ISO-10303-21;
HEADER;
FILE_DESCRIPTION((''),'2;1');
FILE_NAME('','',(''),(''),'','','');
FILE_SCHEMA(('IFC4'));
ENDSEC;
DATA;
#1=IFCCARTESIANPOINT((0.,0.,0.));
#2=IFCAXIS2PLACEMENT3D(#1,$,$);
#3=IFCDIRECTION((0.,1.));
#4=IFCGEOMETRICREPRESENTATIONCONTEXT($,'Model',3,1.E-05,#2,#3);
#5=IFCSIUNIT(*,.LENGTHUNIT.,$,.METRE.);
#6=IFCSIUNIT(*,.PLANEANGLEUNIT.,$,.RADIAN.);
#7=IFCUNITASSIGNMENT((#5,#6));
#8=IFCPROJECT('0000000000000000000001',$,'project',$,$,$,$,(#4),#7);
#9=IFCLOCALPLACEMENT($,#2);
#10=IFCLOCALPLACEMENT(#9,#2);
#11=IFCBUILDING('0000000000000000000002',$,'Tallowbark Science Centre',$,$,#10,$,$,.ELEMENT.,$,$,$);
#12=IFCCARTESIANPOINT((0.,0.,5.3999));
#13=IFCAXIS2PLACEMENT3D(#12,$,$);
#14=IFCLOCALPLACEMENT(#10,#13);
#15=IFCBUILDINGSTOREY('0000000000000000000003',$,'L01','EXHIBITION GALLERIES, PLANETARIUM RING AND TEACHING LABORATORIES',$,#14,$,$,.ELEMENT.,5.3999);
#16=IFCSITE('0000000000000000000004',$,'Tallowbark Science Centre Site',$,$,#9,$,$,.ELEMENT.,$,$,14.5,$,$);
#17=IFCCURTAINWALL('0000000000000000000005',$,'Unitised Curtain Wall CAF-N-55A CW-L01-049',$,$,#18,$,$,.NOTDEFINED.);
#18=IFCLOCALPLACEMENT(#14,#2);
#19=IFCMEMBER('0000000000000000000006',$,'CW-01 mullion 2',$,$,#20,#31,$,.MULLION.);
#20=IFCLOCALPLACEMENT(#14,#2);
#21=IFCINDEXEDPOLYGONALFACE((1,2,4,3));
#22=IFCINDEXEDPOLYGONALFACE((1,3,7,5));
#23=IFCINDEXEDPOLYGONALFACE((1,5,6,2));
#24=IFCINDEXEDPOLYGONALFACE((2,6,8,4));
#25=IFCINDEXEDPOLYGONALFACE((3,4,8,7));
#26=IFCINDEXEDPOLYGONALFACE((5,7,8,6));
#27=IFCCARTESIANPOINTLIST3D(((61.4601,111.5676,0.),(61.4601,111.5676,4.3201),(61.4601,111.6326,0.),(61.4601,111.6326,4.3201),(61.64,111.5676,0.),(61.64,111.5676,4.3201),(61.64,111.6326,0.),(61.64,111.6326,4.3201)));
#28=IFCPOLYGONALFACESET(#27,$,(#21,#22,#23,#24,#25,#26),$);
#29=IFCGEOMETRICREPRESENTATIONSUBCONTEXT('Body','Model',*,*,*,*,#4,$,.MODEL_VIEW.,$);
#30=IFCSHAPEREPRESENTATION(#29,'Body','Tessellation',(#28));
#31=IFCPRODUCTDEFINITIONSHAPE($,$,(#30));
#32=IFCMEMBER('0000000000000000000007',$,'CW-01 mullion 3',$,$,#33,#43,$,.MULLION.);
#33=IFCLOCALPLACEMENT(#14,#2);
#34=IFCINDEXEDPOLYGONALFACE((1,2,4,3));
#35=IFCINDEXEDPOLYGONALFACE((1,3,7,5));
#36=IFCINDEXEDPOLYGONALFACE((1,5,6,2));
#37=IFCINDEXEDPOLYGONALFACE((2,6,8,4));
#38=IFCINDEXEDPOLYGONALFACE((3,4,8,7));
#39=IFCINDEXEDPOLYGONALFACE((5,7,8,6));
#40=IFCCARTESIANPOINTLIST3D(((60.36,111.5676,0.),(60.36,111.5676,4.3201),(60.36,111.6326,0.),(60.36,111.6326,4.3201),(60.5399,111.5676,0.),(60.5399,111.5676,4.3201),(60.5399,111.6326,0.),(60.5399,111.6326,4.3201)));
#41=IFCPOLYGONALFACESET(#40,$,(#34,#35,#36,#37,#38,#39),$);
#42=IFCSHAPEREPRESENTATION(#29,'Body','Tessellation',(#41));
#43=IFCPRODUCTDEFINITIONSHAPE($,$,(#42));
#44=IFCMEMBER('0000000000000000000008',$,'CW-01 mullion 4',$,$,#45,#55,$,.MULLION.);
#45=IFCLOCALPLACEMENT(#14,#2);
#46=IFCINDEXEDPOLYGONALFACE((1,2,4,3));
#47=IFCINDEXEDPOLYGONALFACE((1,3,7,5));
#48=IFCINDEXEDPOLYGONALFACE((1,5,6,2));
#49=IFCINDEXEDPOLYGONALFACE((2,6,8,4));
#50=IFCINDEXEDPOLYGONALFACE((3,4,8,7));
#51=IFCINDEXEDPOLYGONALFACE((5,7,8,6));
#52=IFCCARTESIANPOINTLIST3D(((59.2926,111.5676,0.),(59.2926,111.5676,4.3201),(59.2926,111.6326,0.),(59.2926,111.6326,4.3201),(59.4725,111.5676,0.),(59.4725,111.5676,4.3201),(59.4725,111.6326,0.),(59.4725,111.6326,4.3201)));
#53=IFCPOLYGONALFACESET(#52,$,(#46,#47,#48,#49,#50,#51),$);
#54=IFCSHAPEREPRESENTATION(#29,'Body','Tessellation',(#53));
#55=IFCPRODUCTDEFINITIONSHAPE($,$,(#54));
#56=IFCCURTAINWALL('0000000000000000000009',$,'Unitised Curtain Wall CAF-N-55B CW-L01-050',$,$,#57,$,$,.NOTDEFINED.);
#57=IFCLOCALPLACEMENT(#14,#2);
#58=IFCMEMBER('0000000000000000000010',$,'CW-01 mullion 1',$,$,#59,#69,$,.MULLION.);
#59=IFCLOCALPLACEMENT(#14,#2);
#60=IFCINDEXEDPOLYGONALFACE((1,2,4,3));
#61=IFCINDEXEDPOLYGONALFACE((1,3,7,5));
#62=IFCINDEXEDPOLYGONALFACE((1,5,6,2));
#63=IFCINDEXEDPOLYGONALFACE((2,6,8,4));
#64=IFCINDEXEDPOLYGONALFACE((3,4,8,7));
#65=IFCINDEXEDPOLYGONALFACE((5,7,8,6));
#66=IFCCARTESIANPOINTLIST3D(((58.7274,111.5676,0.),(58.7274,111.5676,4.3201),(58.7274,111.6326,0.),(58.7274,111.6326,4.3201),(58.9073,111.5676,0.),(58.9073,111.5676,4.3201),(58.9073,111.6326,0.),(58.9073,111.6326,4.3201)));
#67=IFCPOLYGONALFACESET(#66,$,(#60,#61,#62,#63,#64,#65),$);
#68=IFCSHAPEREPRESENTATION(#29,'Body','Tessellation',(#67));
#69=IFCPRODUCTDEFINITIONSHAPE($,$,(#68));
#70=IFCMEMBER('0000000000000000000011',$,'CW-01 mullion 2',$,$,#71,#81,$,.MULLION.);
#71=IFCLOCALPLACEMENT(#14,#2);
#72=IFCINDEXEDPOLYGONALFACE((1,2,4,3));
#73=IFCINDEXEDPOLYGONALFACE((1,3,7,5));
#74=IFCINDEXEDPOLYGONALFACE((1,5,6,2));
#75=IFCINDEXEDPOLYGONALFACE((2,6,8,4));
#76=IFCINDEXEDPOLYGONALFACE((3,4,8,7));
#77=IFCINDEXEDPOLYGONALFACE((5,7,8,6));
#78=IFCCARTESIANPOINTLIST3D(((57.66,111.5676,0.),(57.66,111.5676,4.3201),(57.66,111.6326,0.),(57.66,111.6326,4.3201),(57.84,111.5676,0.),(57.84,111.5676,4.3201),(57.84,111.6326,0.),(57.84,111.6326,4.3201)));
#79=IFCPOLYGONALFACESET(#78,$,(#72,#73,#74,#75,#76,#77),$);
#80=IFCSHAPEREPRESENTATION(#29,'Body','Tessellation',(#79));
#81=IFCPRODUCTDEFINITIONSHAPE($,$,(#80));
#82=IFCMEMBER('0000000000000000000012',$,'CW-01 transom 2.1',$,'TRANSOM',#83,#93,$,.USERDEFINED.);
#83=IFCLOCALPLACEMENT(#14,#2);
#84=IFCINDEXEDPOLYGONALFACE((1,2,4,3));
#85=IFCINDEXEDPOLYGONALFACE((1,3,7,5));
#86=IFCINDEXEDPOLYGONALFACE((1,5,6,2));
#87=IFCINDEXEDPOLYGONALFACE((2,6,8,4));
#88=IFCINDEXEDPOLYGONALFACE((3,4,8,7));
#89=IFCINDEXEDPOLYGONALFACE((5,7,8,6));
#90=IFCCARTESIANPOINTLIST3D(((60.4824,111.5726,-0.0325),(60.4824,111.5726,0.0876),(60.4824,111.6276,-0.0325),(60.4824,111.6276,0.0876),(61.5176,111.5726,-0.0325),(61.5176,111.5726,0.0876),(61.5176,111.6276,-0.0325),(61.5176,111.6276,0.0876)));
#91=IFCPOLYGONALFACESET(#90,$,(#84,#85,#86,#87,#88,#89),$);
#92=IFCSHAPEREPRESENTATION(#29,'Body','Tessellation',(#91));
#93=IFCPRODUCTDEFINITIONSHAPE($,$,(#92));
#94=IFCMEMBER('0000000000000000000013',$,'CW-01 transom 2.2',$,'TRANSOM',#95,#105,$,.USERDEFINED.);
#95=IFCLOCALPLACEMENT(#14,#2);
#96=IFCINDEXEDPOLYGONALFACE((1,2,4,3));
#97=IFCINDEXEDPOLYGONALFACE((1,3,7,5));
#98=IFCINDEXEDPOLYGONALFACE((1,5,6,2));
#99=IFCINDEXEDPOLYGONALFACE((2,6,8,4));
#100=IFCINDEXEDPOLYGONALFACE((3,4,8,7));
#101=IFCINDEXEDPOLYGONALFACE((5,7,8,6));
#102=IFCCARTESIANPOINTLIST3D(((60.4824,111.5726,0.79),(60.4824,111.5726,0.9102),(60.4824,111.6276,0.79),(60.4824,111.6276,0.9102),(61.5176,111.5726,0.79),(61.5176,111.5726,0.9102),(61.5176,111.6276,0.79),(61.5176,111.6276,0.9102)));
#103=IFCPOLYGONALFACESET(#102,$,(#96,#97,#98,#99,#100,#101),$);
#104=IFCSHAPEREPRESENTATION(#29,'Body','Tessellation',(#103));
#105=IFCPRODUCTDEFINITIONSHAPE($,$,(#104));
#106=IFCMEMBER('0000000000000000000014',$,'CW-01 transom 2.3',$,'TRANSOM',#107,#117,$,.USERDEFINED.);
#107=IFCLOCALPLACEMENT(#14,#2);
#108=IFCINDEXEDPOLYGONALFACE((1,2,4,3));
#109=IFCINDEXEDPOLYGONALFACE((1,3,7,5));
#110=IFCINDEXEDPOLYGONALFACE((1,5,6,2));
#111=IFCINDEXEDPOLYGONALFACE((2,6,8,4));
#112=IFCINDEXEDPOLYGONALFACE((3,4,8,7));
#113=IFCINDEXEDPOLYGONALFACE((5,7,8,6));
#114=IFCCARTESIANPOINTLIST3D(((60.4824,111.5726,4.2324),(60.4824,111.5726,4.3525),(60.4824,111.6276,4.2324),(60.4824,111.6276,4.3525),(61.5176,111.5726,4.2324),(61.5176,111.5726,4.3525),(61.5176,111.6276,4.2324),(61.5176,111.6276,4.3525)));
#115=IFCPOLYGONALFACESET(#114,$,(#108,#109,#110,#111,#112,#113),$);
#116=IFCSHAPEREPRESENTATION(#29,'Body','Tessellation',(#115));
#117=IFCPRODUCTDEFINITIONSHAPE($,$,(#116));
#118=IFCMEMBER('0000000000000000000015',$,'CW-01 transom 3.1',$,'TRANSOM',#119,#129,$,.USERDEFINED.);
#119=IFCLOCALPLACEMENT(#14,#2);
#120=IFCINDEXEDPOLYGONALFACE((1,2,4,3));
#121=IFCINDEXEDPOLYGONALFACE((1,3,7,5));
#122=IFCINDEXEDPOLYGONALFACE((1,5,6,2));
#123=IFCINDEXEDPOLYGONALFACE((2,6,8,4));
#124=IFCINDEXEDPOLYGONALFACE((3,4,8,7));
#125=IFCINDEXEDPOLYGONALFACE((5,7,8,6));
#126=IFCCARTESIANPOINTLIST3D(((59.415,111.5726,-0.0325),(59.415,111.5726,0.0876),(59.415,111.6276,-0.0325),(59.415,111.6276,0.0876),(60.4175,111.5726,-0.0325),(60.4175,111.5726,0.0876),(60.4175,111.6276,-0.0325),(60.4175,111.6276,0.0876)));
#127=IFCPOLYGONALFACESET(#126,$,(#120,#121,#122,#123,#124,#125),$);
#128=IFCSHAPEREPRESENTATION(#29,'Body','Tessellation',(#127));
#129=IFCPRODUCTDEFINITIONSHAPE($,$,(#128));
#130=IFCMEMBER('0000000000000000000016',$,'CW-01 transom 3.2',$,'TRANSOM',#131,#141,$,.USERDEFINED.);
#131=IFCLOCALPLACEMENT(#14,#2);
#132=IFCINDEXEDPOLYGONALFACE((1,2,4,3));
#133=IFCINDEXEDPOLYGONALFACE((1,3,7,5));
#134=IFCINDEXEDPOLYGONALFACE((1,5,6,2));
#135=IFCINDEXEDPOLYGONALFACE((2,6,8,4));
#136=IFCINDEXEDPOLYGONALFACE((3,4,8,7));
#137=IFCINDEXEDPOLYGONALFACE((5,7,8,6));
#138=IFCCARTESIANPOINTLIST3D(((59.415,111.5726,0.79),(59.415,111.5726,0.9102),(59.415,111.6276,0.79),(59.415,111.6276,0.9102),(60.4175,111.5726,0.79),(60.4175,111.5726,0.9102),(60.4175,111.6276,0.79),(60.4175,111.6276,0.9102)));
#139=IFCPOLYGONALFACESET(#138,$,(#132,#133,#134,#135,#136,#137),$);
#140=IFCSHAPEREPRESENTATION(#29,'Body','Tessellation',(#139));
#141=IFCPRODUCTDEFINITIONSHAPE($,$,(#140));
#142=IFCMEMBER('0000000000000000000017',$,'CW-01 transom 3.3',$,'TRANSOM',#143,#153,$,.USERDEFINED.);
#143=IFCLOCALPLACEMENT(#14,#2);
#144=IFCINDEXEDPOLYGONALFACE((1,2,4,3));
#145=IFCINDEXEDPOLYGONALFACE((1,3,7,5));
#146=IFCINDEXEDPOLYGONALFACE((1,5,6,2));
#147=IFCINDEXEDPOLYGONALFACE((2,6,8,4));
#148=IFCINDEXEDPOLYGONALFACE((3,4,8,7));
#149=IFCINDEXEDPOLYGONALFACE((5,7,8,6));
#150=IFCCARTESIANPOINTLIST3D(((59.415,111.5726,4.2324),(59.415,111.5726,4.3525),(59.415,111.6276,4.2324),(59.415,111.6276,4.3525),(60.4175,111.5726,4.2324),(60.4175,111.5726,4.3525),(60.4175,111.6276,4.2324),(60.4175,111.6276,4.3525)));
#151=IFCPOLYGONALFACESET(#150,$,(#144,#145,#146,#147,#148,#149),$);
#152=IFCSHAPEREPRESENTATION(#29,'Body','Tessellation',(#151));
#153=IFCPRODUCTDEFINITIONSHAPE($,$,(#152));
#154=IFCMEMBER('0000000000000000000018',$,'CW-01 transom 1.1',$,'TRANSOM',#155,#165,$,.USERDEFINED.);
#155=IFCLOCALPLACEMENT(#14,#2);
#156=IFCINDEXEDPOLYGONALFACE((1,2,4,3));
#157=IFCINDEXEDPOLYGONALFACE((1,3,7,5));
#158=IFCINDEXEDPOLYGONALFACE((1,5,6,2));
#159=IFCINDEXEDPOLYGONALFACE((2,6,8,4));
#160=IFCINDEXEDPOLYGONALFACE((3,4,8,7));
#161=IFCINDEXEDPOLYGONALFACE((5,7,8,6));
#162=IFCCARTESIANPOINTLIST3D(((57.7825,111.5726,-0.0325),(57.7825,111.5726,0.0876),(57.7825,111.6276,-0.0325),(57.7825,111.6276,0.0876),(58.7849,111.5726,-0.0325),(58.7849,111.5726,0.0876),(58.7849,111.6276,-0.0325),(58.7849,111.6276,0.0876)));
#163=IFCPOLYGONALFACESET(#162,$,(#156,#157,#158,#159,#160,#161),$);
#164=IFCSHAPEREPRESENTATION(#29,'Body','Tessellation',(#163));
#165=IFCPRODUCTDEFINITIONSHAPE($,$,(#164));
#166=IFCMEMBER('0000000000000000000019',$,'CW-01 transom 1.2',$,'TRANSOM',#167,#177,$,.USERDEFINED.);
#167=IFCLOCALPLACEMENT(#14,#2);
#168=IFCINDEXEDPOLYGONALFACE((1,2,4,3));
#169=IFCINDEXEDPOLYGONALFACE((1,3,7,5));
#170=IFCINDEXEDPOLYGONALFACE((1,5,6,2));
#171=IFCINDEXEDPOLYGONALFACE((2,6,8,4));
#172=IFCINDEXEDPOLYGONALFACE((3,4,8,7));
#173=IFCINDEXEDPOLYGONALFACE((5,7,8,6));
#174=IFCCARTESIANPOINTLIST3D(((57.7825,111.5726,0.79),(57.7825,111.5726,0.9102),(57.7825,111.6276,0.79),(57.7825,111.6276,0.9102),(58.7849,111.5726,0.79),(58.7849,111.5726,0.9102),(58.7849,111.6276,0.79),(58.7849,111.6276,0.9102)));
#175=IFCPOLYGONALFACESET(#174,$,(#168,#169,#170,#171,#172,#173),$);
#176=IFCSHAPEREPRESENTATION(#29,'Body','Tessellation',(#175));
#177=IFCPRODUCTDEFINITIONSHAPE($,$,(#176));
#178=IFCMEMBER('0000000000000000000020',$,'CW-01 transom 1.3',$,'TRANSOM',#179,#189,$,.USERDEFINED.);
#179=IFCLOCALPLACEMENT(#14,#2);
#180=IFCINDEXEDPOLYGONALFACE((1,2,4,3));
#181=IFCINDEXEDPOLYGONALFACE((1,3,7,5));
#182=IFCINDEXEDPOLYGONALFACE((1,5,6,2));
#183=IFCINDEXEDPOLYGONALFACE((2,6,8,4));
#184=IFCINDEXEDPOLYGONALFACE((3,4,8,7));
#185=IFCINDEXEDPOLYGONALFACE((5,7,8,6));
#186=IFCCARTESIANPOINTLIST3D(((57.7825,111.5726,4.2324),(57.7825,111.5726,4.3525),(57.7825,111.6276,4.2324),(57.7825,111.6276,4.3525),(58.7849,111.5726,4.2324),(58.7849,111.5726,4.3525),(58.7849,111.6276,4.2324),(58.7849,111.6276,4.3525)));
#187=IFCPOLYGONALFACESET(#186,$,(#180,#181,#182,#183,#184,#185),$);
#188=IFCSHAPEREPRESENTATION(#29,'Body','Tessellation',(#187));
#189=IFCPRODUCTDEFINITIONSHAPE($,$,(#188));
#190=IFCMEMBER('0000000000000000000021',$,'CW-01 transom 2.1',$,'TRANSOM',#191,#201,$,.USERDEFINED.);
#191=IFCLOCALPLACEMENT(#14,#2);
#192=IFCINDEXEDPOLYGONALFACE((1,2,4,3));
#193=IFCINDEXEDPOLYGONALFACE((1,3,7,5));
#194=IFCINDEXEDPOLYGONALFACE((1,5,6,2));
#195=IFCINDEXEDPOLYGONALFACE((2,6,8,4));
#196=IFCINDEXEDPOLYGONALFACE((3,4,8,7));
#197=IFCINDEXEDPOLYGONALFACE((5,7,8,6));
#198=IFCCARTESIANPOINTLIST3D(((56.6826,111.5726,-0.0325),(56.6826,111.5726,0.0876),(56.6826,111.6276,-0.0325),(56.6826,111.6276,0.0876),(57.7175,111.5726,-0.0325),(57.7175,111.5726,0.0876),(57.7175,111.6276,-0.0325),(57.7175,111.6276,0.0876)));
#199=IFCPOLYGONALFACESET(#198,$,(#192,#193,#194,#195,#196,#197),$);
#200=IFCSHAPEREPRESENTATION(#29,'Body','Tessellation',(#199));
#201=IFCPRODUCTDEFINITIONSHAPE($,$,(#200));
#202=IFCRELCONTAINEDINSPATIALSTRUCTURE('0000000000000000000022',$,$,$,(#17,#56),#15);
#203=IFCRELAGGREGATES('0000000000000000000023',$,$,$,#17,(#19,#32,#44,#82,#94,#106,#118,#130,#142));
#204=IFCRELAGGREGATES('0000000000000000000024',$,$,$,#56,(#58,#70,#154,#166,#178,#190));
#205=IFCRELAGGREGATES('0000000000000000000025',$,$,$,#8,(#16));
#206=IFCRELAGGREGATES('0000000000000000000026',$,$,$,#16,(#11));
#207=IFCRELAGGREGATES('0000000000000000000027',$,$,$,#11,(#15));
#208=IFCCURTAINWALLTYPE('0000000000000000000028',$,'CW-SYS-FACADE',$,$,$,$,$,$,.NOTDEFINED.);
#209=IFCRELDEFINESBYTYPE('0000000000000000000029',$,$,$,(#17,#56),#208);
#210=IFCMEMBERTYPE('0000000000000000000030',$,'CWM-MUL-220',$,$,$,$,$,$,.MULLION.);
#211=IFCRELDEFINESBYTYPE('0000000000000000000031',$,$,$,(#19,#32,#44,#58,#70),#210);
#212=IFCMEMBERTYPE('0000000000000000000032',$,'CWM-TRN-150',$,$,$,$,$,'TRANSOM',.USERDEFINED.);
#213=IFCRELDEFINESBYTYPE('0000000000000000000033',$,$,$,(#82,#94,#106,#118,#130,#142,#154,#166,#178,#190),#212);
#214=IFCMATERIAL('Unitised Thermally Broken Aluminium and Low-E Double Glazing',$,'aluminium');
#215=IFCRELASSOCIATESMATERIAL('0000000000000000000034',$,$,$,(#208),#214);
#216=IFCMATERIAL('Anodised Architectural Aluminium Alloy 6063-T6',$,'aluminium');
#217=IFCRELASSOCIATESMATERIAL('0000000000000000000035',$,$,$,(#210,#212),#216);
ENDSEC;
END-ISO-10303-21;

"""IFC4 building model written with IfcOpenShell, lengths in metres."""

from ifc_helpers import new_model, si_unit, direction, frame, origin, origin_2d, place, context, subcontext, project, spatial, rectangle, extrude, material, material_profile, profile_set, type_object, element, aggregate, save


model = new_model("IFC4")

# Units and contexts
model_context = context("Model", 3, precision=1e-05, world=origin(), true_north=direction((0.0, 1.0)))
body_context = subcontext(model_context, "Body", "Model", "MODEL_VIEW")
ifc_project = project(units=[si_unit("LENGTHUNIT", "METRE"), si_unit("PLANEANGLEUNIT", "RADIAN")], contexts=[model_context])

# Site, building, storey
site_placement = place(None, origin())
site = spatial("IfcSite", under=ifc_project, at=site_placement, Name="Tallowbark Science Centre Site", CompositionType="ELEMENT", RefElevation=14.5)
building_placement = place(site_placement, origin())
building = spatial("IfcBuilding", under=site, at=building_placement, Name="Tallowbark Science Centre", CompositionType="ELEMENT")
storey_placement = place(building_placement, frame((0.0, 0.0, 5.3999)))
storey = spatial("IfcBuildingStorey", under=building, at=storey_placement, Name="L01", Description="EXHIBITION GALLERIES, PLANETARIUM RING AND TEACHING LABORATORIES", CompositionType="ELEMENT", Elevation=5.3999)

# Curtain walls, members
ifc_material_1 = material(Name="Unitised Thermally Broken Aluminium and Low-E Double Glazing", Category="aluminium")
curtain_wall_type = type_object("IfcCurtainWallType", Name="CW-SYS-FACADE", PredefinedType="NOTDEFINED", material=ifc_material_1)
curtain_wall_1_placement = place(storey_placement, origin())
curtain_wall_1 = element("IfcCurtainWall", 1, at=curtain_wall_1_placement, inside=storey, type_object=curtain_wall_type, Name="Unitised Curtain Wall CAF-N-55A CW-L01-049", PredefinedType="NOTDEFINED")
ifc_material_2 = material(Name="Anodised Architectural Aluminium Alloy 6063-T6", Category="aluminium")
ifc_material_profile_1 = material_profile(ifc_material_2, rectangle(XDim=0.0649, YDim=0.1799, at=origin_2d()), Name="ALU65x180")
ifc_profile_set_1 = profile_set([ifc_material_profile_1], Name="Anodised Architectural Aluminium Alloy 6063-T6")
member_type_1 = type_object("IfcMemberType", Name="CWM-MUL-220", PredefinedType="MULLION", material=ifc_profile_set_1)
member_1_placement = place(storey_placement, frame((61.55, 111.6001, 0.0), z_axis=(0.0, 0.0, 1.0), x_axis=(0.0, -1.0, 0.0)))
member_1 = element("IfcMember", 2, at=member_1_placement, type_object=member_type_1, Name="CW-01 mullion 2", PredefinedType="MULLION", context=body_context, shape_type="SweptSolid", body=[
    extrude(rectangle(XDim=0.0649, YDim=0.1799, at=origin_2d()), origin(), (0.0, 0.0, 1.0), 4.3201),
])
member_2_placement = place(storey_placement, frame((60.45, 111.6001, 0.0), z_axis=(0.0, 0.0, 1.0), x_axis=(0.0, -1.0, 0.0)))
member_2 = element("IfcMember", 3, at=member_2_placement, type_object=member_type_1, Name="CW-01 mullion 3", PredefinedType="MULLION", context=body_context, shape_type="SweptSolid", body=[
    extrude(rectangle(XDim=0.0649, YDim=0.1799, at=origin_2d()), origin(), (0.0, 0.0, 1.0), 4.3201),
])
member_3_placement = place(storey_placement, frame((59.3826, 111.6001, 0.0), z_axis=(0.0, 0.0, 1.0), x_axis=(0.0, -1.0, 0.0)))
member_3 = element("IfcMember", 4, at=member_3_placement, type_object=member_type_1, Name="CW-01 mullion 4", PredefinedType="MULLION", context=body_context, shape_type="SweptSolid", body=[
    extrude(rectangle(XDim=0.0649, YDim=0.1799, at=origin_2d()), origin(), (0.0, 0.0, 1.0), 4.3201),
])
curtain_wall_2_placement = place(storey_placement, origin())
curtain_wall_2 = element("IfcCurtainWall", 5, at=curtain_wall_2_placement, inside=storey, type_object=curtain_wall_type, Name="Unitised Curtain Wall CAF-N-55B CW-L01-050", PredefinedType="NOTDEFINED")
member_4_placement = place(storey_placement, frame((58.8174, 111.6001, 0.0), z_axis=(0.0, 0.0, 1.0), x_axis=(0.0, -1.0, 0.0)))
member_4 = element("IfcMember", 6, at=member_4_placement, type_object=member_type_1, Name="CW-01 mullion 1", PredefinedType="MULLION", context=body_context, shape_type="SweptSolid", body=[
    extrude(rectangle(XDim=0.0649, YDim=0.1799, at=origin_2d()), origin(), (0.0, 0.0, 1.0), 4.3201),
])
member_5_placement = place(storey_placement, frame((57.75, 111.6001, 0.0), z_axis=(0.0, 0.0, 1.0), x_axis=(0.0, -1.0, 0.0)))
member_5 = element("IfcMember", 7, at=member_5_placement, type_object=member_type_1, Name="CW-01 mullion 2", PredefinedType="MULLION", context=body_context, shape_type="SweptSolid", body=[
    extrude(rectangle(XDim=0.0649, YDim=0.1799, at=origin_2d()), origin(), (0.0, 0.0, 1.0), 4.3201),
])

# Members
ifc_material_profile_2 = material_profile(ifc_material_2, rectangle(XDim=0.0549, YDim=0.1201, at=origin_2d()), Name="ALU55x120")
ifc_profile_set_2 = profile_set([ifc_material_profile_2], Name="Anodised Architectural Aluminium Alloy 6063-T6")
member_type_2 = type_object("IfcMemberType", Name="CWM-TRN-150", ElementType="TRANSOM", PredefinedType="USERDEFINED", material=ifc_profile_set_2)
member_6_placement = place(storey_placement, frame((61.5176, 111.6001, 0.0276), z_axis=(-1.0, 0.0, 0.0), x_axis=(0.0, -1.0, 0.0)))
member_6 = element("IfcMember", 8, at=member_6_placement, type_object=member_type_2, Name="CW-01 transom 2.1", ObjectType="TRANSOM", PredefinedType="USERDEFINED", context=body_context, shape_type="SweptSolid", body=[
    extrude(rectangle(XDim=0.0549, YDim=0.1201, at=origin_2d()), origin(), (0.0, 0.0, 1.0), 1.0352),
])
member_7_placement = place(storey_placement, frame((61.5176, 111.6001, 0.8501), z_axis=(-1.0, 0.0, 0.0), x_axis=(0.0, -1.0, 0.0)))
member_7 = element("IfcMember", 9, at=member_7_placement, type_object=member_type_2, Name="CW-01 transom 2.2", ObjectType="TRANSOM", PredefinedType="USERDEFINED", context=body_context, shape_type="SweptSolid", body=[
    extrude(rectangle(XDim=0.0549, YDim=0.1201, at=origin_2d()), origin(), (0.0, 0.0, 1.0), 1.0352),
])
member_8_placement = place(storey_placement, frame((61.5176, 111.6001, 4.2925), z_axis=(-1.0, 0.0, 0.0), x_axis=(0.0, -1.0, 0.0)))
member_8 = element("IfcMember", 10, at=member_8_placement, type_object=member_type_2, Name="CW-01 transom 2.3", ObjectType="TRANSOM", PredefinedType="USERDEFINED", context=body_context, shape_type="SweptSolid", body=[
    extrude(rectangle(XDim=0.0549, YDim=0.1201, at=origin_2d()), origin(), (0.0, 0.0, 1.0), 1.0352),
])
member_9_placement = place(storey_placement, frame((60.4175, 111.6001, 0.0276), z_axis=(-1.0, 0.0, 0.0), x_axis=(0.0, -1.0, 0.0)))
member_9 = element("IfcMember", 11, at=member_9_placement, type_object=member_type_2, Name="CW-01 transom 3.1", ObjectType="TRANSOM", PredefinedType="USERDEFINED", context=body_context, shape_type="SweptSolid", body=[
    extrude(rectangle(XDim=0.0549, YDim=0.1201, at=origin_2d()), origin(), (0.0, 0.0, 1.0), 1.0024),
])
member_10_placement = place(storey_placement, frame((60.4175, 111.6001, 0.8501), z_axis=(-1.0, 0.0, 0.0), x_axis=(0.0, -1.0, 0.0)))
member_10 = element("IfcMember", 12, at=member_10_placement, type_object=member_type_2, Name="CW-01 transom 3.2", ObjectType="TRANSOM", PredefinedType="USERDEFINED", context=body_context, shape_type="SweptSolid", body=[
    extrude(rectangle(XDim=0.0549, YDim=0.1201, at=origin_2d()), origin(), (0.0, 0.0, 1.0), 1.0024),
])
member_11_placement = place(storey_placement, frame((60.4175, 111.6001, 4.2925), z_axis=(-1.0, 0.0, 0.0), x_axis=(0.0, -1.0, 0.0)))
member_11 = element("IfcMember", 13, at=member_11_placement, type_object=member_type_2, Name="CW-01 transom 3.3", ObjectType="TRANSOM", PredefinedType="USERDEFINED", context=body_context, shape_type="SweptSolid", body=[
    extrude(rectangle(XDim=0.0549, YDim=0.1201, at=origin_2d()), origin(), (0.0, 0.0, 1.0), 1.0024),
])
member_12_placement = place(storey_placement, frame((58.7849, 111.6001, 0.0276), z_axis=(-1.0, 0.0, 0.0), x_axis=(0.0, -1.0, 0.0)))
member_12 = element("IfcMember", 14, at=member_12_placement, type_object=member_type_2, Name="CW-01 transom 1.1", ObjectType="TRANSOM", PredefinedType="USERDEFINED", context=body_context, shape_type="SweptSolid", body=[
    extrude(rectangle(XDim=0.0549, YDim=0.1201, at=origin_2d()), origin(), (0.0, 0.0, 1.0), 1.0024),
])
member_13_placement = place(storey_placement, frame((58.7849, 111.6001, 0.8501), z_axis=(-1.0, 0.0, 0.0), x_axis=(0.0, -1.0, 0.0)))
member_13 = element("IfcMember", 15, at=member_13_placement, type_object=member_type_2, Name="CW-01 transom 1.2", ObjectType="TRANSOM", PredefinedType="USERDEFINED", context=body_context, shape_type="SweptSolid", body=[
    extrude(rectangle(XDim=0.0549, YDim=0.1201, at=origin_2d()), origin(), (0.0, 0.0, 1.0), 1.0024),
])
member_14_placement = place(storey_placement, frame((58.7849, 111.6001, 4.2925), z_axis=(-1.0, 0.0, 0.0), x_axis=(0.0, -1.0, 0.0)))
member_14 = element("IfcMember", 16, at=member_14_placement, type_object=member_type_2, Name="CW-01 transom 1.3", ObjectType="TRANSOM", PredefinedType="USERDEFINED", context=body_context, shape_type="SweptSolid", body=[
    extrude(rectangle(XDim=0.0549, YDim=0.1201, at=origin_2d()), origin(), (0.0, 0.0, 1.0), 1.0024),
])
member_15_placement = place(storey_placement, frame((57.7175, 111.6001, 0.0276), z_axis=(-1.0, 0.0, 0.0), x_axis=(0.0, -1.0, 0.0)))
member_15 = element("IfcMember", 17, at=member_15_placement, type_object=member_type_2, Name="CW-01 transom 2.1", ObjectType="TRANSOM", PredefinedType="USERDEFINED", context=body_context, shape_type="SweptSolid", body=[
    extrude(rectangle(XDim=0.0549, YDim=0.1201, at=origin_2d()), origin(), (0.0, 0.0, 1.0), 1.0349),
])

aggregate(curtain_wall_1, [member_1, member_2, member_3, member_6, member_7, member_8, member_9, member_10, member_11])
aggregate(curtain_wall_2, [member_4, member_5, member_12, member_13, member_14, member_15])

save(model, "model.ifc")
